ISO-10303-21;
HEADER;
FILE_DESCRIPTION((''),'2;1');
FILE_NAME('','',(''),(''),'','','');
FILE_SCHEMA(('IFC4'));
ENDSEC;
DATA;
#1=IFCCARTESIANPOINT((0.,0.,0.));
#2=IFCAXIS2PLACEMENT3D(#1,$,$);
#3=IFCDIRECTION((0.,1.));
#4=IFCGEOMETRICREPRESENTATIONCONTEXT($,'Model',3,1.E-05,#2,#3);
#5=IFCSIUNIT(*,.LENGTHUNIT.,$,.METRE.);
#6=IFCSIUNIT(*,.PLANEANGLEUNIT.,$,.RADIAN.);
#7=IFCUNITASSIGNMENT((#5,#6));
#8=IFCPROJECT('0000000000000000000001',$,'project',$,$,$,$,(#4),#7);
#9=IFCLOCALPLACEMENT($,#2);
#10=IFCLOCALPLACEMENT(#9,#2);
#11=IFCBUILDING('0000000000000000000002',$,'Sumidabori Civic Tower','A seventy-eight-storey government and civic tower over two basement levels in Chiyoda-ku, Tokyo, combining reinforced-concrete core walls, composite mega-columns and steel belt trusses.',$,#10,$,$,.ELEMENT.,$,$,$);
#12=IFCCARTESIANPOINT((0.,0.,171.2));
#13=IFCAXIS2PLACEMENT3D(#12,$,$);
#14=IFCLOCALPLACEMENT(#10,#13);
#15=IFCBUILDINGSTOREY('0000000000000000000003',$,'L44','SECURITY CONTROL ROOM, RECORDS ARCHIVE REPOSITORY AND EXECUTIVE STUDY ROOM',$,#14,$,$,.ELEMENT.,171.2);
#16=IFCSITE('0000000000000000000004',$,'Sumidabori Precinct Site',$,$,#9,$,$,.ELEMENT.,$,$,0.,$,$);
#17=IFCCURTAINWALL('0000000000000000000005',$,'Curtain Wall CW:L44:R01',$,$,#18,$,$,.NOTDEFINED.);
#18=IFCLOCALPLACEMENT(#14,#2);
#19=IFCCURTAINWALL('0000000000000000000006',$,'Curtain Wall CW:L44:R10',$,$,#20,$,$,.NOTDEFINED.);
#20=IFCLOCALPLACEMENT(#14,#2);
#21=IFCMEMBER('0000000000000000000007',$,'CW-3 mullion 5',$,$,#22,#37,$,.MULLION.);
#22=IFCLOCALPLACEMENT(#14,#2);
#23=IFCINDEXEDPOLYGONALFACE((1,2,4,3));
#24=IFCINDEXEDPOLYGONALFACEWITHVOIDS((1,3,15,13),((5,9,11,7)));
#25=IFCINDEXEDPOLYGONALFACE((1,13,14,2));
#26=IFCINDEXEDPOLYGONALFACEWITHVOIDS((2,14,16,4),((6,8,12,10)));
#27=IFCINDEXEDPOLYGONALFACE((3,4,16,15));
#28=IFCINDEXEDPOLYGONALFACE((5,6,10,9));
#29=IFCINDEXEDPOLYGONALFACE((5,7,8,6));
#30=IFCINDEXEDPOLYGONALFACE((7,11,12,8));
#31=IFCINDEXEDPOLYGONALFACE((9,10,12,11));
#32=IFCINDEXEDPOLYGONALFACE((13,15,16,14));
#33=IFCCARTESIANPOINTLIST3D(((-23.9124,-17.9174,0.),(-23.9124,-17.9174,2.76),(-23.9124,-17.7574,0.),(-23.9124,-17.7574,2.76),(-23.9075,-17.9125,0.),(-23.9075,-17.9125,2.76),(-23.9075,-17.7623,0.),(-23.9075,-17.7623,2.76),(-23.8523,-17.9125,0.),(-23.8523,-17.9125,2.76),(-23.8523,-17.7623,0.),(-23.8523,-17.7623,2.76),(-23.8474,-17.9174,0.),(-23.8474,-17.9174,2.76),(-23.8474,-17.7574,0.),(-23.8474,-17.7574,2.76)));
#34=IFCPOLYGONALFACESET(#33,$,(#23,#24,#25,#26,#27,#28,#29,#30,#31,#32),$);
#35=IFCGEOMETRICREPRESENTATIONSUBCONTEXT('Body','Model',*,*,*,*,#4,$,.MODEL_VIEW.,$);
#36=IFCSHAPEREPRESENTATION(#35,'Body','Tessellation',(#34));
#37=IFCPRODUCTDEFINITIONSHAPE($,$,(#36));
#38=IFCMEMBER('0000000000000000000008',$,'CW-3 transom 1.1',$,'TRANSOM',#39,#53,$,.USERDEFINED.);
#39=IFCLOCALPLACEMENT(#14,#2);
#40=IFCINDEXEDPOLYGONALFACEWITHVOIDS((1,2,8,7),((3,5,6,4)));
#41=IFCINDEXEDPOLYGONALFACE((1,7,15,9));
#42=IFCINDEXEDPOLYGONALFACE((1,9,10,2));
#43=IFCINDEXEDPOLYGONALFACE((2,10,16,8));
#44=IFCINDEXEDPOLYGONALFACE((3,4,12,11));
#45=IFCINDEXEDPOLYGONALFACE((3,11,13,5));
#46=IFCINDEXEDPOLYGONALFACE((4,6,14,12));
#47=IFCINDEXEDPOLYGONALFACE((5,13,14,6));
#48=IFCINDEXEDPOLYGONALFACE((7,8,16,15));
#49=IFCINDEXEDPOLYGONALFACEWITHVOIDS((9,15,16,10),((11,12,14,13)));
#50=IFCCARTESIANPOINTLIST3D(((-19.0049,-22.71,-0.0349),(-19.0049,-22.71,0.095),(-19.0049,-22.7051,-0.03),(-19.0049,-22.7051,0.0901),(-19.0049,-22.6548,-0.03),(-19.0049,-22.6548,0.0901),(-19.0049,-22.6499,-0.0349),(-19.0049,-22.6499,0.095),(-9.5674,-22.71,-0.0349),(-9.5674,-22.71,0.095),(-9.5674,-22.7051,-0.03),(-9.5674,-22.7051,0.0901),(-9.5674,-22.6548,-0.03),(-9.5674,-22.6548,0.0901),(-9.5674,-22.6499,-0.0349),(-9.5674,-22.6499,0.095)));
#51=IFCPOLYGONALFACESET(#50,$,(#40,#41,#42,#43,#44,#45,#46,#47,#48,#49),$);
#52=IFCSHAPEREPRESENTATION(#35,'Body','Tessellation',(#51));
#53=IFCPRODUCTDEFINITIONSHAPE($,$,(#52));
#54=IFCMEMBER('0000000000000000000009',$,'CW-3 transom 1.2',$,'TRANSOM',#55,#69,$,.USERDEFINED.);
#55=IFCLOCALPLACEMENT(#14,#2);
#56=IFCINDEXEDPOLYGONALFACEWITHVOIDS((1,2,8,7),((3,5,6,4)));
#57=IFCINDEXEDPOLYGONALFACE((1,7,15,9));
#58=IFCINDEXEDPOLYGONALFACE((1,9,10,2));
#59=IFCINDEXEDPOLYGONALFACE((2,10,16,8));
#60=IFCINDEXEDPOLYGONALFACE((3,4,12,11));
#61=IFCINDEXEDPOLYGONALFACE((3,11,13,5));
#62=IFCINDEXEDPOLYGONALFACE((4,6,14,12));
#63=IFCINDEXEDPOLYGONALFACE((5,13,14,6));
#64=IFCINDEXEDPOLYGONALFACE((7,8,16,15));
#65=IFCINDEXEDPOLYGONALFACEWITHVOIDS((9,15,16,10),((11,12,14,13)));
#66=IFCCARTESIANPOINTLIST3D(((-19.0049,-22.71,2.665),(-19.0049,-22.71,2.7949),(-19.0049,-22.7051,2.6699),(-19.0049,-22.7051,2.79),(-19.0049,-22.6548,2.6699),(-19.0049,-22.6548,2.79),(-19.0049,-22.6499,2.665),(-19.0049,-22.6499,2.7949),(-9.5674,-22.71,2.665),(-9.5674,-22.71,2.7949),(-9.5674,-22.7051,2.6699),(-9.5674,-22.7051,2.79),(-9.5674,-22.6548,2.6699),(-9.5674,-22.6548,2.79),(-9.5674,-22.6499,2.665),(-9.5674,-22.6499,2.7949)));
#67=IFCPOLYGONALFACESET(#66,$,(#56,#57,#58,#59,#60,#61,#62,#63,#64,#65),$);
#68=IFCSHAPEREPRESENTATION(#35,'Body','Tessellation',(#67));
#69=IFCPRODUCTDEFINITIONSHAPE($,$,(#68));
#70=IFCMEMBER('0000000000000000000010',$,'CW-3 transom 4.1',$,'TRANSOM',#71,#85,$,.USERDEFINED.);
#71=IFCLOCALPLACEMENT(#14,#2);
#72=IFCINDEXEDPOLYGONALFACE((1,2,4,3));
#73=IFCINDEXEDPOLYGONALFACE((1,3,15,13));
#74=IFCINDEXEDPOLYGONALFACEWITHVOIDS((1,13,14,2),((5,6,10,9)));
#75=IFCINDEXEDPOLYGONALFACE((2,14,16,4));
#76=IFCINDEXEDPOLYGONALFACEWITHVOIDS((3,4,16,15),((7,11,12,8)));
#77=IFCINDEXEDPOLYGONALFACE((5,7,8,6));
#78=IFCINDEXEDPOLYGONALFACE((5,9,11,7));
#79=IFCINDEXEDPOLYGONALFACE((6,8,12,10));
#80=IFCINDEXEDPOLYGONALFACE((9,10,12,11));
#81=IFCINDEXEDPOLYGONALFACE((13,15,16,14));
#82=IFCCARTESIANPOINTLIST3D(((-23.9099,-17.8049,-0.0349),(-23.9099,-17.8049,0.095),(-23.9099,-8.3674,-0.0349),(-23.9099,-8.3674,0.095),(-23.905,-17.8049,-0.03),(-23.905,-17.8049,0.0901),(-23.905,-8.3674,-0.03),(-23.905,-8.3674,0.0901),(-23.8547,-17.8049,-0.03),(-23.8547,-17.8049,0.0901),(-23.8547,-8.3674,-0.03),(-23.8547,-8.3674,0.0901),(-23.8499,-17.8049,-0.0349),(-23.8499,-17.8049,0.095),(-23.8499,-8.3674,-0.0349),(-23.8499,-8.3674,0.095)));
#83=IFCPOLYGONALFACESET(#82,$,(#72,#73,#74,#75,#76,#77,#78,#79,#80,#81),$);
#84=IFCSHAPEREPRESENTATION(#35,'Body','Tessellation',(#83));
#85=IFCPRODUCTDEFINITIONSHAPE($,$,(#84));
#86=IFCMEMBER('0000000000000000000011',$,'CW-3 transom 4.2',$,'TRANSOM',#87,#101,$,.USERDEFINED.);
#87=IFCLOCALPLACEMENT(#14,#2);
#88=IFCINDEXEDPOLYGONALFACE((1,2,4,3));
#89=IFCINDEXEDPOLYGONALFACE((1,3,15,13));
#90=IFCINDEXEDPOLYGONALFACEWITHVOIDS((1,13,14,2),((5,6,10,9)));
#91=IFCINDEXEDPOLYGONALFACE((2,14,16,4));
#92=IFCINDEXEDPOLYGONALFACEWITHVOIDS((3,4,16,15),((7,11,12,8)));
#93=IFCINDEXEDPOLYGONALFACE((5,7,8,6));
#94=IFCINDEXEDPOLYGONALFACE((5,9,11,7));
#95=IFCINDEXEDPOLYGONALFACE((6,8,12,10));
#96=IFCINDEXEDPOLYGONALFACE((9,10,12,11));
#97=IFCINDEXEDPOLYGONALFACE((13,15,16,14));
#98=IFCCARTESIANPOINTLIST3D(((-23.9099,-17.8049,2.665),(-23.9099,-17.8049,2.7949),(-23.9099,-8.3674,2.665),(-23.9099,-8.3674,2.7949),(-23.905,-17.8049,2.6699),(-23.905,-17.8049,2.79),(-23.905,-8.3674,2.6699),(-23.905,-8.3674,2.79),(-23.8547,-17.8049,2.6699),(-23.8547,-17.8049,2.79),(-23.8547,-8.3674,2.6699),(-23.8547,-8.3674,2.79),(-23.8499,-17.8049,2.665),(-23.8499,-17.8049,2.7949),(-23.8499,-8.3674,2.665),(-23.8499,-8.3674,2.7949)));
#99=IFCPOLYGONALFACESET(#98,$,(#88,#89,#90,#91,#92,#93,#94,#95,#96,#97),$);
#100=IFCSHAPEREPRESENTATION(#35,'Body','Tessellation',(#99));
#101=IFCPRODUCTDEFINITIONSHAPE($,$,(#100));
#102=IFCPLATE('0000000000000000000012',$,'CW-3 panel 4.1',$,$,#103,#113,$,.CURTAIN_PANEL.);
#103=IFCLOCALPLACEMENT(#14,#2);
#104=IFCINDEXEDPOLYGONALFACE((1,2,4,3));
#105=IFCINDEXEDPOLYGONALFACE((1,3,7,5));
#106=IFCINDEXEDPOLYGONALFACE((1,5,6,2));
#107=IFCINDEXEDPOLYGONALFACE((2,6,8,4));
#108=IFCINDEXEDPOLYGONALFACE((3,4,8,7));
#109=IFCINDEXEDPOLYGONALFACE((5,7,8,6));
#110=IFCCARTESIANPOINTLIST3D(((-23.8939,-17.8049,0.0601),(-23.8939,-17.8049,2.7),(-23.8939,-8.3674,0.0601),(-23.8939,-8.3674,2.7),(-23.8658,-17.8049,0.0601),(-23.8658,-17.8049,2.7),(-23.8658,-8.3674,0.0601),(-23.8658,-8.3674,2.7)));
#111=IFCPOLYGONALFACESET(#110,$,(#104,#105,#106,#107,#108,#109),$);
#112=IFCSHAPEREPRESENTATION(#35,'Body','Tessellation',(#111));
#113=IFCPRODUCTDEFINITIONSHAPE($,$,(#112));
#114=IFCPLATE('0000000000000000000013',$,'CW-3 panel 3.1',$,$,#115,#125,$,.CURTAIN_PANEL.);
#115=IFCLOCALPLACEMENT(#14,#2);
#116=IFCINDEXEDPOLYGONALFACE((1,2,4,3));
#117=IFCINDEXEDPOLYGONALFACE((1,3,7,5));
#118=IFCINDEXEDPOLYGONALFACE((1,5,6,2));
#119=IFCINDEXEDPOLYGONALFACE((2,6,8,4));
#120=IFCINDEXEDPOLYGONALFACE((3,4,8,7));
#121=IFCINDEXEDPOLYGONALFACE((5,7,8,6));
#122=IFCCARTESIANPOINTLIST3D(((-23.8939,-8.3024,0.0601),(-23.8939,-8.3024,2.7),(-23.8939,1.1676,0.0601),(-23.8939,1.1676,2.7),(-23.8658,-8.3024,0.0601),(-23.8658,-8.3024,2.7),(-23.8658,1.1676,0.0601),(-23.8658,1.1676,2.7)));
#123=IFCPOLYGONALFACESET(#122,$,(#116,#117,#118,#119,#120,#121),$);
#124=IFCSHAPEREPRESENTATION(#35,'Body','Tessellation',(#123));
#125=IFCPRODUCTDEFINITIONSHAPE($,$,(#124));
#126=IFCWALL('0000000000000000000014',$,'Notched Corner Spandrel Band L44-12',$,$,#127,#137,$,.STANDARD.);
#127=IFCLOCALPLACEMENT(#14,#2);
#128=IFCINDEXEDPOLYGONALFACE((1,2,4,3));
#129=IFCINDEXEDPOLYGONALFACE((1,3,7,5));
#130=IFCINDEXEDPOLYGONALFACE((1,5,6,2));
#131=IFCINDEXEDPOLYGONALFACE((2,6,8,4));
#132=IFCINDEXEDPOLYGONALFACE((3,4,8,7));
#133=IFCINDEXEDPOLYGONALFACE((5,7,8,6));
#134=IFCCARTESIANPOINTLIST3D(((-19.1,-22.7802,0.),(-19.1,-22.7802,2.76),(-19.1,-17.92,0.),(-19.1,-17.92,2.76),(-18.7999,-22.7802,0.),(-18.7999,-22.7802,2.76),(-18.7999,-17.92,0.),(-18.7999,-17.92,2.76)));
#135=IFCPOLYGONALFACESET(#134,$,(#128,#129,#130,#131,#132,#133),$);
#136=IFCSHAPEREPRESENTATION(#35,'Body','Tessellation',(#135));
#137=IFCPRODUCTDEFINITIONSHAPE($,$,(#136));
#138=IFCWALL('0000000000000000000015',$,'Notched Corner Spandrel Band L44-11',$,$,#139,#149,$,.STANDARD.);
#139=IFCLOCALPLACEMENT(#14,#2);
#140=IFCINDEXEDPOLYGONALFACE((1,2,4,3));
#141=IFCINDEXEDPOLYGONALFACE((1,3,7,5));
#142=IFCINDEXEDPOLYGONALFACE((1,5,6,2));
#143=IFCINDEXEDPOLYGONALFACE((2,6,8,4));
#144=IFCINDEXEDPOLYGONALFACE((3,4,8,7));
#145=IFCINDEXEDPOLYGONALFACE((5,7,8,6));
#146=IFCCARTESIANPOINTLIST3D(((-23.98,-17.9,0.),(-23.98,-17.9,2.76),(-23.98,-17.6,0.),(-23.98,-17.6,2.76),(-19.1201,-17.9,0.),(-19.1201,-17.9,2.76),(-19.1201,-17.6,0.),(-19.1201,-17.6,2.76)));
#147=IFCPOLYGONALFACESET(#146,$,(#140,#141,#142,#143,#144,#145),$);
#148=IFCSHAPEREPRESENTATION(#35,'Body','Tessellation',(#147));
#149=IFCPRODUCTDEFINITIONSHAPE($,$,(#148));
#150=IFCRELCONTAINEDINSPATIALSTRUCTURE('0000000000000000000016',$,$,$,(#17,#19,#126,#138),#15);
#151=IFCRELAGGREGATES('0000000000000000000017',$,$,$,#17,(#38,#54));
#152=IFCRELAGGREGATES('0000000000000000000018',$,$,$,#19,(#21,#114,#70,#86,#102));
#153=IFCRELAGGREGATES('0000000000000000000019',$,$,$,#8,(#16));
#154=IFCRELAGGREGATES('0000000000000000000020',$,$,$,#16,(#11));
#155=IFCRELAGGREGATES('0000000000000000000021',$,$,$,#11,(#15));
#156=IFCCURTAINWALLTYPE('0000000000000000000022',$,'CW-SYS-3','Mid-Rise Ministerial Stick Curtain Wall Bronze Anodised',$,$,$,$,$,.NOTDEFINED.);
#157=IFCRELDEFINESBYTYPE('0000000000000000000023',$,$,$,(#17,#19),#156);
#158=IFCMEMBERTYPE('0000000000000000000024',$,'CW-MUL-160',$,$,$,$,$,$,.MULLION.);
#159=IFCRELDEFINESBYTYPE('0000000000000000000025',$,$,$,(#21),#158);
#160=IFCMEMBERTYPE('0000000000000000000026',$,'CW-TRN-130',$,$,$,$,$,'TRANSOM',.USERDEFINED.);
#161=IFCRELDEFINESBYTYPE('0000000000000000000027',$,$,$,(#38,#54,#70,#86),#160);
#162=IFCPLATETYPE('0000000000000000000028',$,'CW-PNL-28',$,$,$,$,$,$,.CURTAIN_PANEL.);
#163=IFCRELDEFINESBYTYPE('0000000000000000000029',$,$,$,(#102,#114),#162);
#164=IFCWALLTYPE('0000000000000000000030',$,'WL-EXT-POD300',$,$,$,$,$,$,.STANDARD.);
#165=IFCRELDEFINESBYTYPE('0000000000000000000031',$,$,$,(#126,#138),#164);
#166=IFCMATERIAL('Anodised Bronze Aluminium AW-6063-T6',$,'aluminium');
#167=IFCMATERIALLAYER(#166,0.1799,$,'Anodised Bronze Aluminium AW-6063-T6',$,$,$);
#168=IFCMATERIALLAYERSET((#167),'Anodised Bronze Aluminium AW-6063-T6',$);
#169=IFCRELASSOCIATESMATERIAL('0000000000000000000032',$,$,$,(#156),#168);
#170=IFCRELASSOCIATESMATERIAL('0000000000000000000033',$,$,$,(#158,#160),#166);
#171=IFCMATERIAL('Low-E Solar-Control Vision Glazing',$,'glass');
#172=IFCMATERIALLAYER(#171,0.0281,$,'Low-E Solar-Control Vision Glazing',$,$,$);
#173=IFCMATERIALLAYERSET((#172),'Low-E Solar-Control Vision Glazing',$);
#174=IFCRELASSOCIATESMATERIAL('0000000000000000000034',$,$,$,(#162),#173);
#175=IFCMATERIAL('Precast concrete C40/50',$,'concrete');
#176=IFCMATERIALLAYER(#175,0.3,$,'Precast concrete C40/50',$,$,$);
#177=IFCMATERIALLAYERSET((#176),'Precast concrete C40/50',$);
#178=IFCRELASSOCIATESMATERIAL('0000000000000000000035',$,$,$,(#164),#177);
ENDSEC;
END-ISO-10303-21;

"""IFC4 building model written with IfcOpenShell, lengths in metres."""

from ifc_helpers import new_model, si_unit, direction, frame, frame_2d, origin, origin_2d, place, context, subcontext, project, spatial, rectangle, hollow_rectangle, extrude, source, transform, mapped, material, layer, layer_set, material_profile, profile_set, type_object, element, aggregate, save


model = new_model("IFC4")

# Units and contexts
model_context = context("Model", 3, precision=1e-05, world=origin(), true_north=direction((0.0, 1.0)))
body_context = subcontext(model_context, "Body", "Model", "MODEL_VIEW")
ifc_project = project(units=[si_unit("LENGTHUNIT", "METRE"), si_unit("PLANEANGLEUNIT", "RADIAN")], contexts=[model_context])

# Site, building, storey
site_placement = place(None, origin())
site = spatial("IfcSite", under=ifc_project, at=site_placement, Name="Sumidabori Precinct Site", CompositionType="ELEMENT", RefElevation=0.0)
building_placement = place(site_placement, origin())
building = spatial("IfcBuilding", under=site, at=building_placement, Name="Sumidabori Civic Tower", Description="A seventy-eight-storey government and civic tower over two basement levels in Chiyoda-ku, Tokyo, combining reinforced-concrete core walls, composite mega-columns and steel belt trusses.", CompositionType="ELEMENT")
storey_placement = place(building_placement, frame((0.0, 0.0, 171.2)))
storey = spatial("IfcBuildingStorey", under=building, at=storey_placement, Name="L44", Description="SECURITY CONTROL ROOM, RECORDS ARCHIVE REPOSITORY AND EXECUTIVE STUDY ROOM", CompositionType="ELEMENT", Elevation=171.2)

# Curtain wall
ifc_material_1 = material(Name="Anodised Bronze Aluminium AW-6063-T6", Category="aluminium")
ifc_layer_1 = layer(ifc_material_1, 0.1799, Name="Anodised Bronze Aluminium AW-6063-T6")
ifc_layer_set_1 = layer_set([ifc_layer_1], Name="Anodised Bronze Aluminium AW-6063-T6")
curtain_wall_type = type_object("IfcCurtainWallType", Name="CW-SYS-3", Description="Mid-Rise Ministerial Stick Curtain Wall Bronze Anodised", PredefinedType="NOTDEFINED", material=ifc_layer_set_1)
curtain_wall_1_placement = place(storey_placement, origin())
curtain_wall_1 = element("IfcCurtainWall", 1, at=curtain_wall_1_placement, inside=storey, type_object=curtain_wall_type, Name="Curtain Wall CW:L44:R01", PredefinedType="NOTDEFINED")
ifc_material_profile_1 = material_profile(ifc_material_1, hollow_rectangle(XDim=0.0649, YDim=0.1599, WallThickness=0.0049, at=origin_2d()), Name="ALU MULLION 160x65")
ifc_profile_set_1 = profile_set([ifc_material_profile_1], Name="Anodised Bronze Aluminium AW-6063-T6")
member_type_1 = type_object("IfcMemberType", Name="CW-MUL-160", PredefinedType="MULLION", material=ifc_profile_set_1)
shared_shape_1 = source(origin(), body_context, "Body", "SweptSolid", [
    extrude(hollow_rectangle(XDim=0.0649, YDim=0.1599, WallThickness=0.0049, at=origin_2d()), origin(), (0.0, 0.0, 1.0), 2.76),
])

# Curtain wall, member
curtain_wall_2_placement = place(storey_placement, origin())
curtain_wall_2 = element("IfcCurtainWall", 2, at=curtain_wall_2_placement, inside=storey, type_object=curtain_wall_type, Name="Curtain Wall CW:L44:R10", PredefinedType="NOTDEFINED")
member_1_placement = place(storey_placement, frame((-23.8799, -17.8374, 0.0), z_axis=(0.0, 0.0, 1.0), x_axis=(1.0, 0.0, 0.0)))
member_1 = element("IfcMember", 3, at=member_1_placement, type_object=member_type_1, Name="CW-3 mullion 5", PredefinedType="MULLION", context=body_context, shape_type="MappedRepresentation", body=[
    mapped(shared_shape_1, transform((0.0, 0.0, 0.0), x_axis=(1.0, 0.0, 0.0), y_axis=(0.0, 1.0, 0.0), z_axis=(0.0, 0.0, 1.0), scale=1.0)),
])

# Members
ifc_material_profile_2 = material_profile(ifc_material_1, hollow_rectangle(XDim=0.0601, YDim=0.1299, WallThickness=0.0049, at=origin_2d()), Name="ALU TRANSOM 130x60")
ifc_profile_set_2 = profile_set([ifc_material_profile_2], Name="Anodised Bronze Aluminium AW-6063-T6")
member_type_2 = type_object("IfcMemberType", Name="CW-TRN-130", ElementType="TRANSOM", PredefinedType="USERDEFINED", material=ifc_profile_set_2)
shared_shape_2 = source(origin(), body_context, "Body", "SweptSolid", [
    extrude(hollow_rectangle(XDim=0.0601, YDim=0.1299, WallThickness=0.0049, at=origin_2d()), origin(), (0.0, 0.0, 1.0), 9.4375),
])
member_2_placement = place(storey_placement, frame((-19.0049, -22.6799, 0.03), z_axis=(1.0, 0.0, 0.0), x_axis=(0.0, 1.0, 0.0)))
member_2 = element("IfcMember", 4, at=member_2_placement, type_object=member_type_2, Name="CW-3 transom 1.1", ObjectType="TRANSOM", PredefinedType="USERDEFINED", context=body_context, shape_type="MappedRepresentation", body=[
    mapped(shared_shape_2, transform((0.0, 0.0, 0.0), x_axis=(1.0, 0.0, 0.0), y_axis=(0.0, 1.0, 0.0), z_axis=(0.0, 0.0, 1.0), scale=1.0)),
])
member_3_placement = place(storey_placement, frame((-19.0049, -22.6799, 2.73), z_axis=(1.0, 0.0, 0.0), x_axis=(0.0, 1.0, 0.0)))
member_3 = element("IfcMember", 5, at=member_3_placement, type_object=member_type_2, Name="CW-3 transom 1.2", ObjectType="TRANSOM", PredefinedType="USERDEFINED", context=body_context, shape_type="MappedRepresentation", body=[
    mapped(shared_shape_2, transform((0.0, 0.0, 0.0), x_axis=(1.0, 0.0, 0.0), y_axis=(0.0, 1.0, 0.0), z_axis=(0.0, 0.0, 1.0), scale=1.0)),
])
aggregate(curtain_wall_1, [member_2, member_3])
member_4_placement = place(storey_placement, frame((-23.8799, -8.3674, 0.03), z_axis=(0.0, -1.0, 0.0), x_axis=(1.0, 0.0, 0.0)))
member_4 = element("IfcMember", 6, at=member_4_placement, type_object=member_type_2, Name="CW-3 transom 4.1", ObjectType="TRANSOM", PredefinedType="USERDEFINED", context=body_context, shape_type="MappedRepresentation", body=[
    mapped(shared_shape_2, transform((0.0, 0.0, 0.0), x_axis=(1.0, 0.0, 0.0), y_axis=(0.0, 1.0, 0.0), z_axis=(0.0, 0.0, 1.0), scale=1.0)),
])
member_5_placement = place(storey_placement, frame((-23.8799, -8.3674, 2.73), z_axis=(0.0, -1.0, 0.0), x_axis=(1.0, 0.0, 0.0)))
member_5 = element("IfcMember", 7, at=member_5_placement, type_object=member_type_2, Name="CW-3 transom 4.2", ObjectType="TRANSOM", PredefinedType="USERDEFINED", context=body_context, shape_type="MappedRepresentation", body=[
    mapped(shared_shape_2, transform((0.0, 0.0, 0.0), x_axis=(1.0, 0.0, 0.0), y_axis=(0.0, 1.0, 0.0), z_axis=(0.0, 0.0, 1.0), scale=1.0)),
])

# Plates
ifc_material_2 = material(Name="Low-E Solar-Control Vision Glazing", Category="glass")
ifc_layer_2 = layer(ifc_material_2, 0.0281, Name="Low-E Solar-Control Vision Glazing")
ifc_layer_set_2 = layer_set([ifc_layer_2], Name="Low-E Solar-Control Vision Glazing")
plate_type = type_object("IfcPlateType", Name="CW-PNL-28", PredefinedType="CURTAIN_PANEL", material=ifc_layer_set_2)
shared_shape_3 = source(origin(), body_context, "Body", "SweptSolid", [
    extrude(rectangle(XDim=9.4375, YDim=0.0281, at=origin_2d()), origin(), (0.0, 0.0, 1.0), 2.6399),
])
plate_1_placement = place(storey_placement, frame((-23.8799, -13.0862, 0.0601), z_axis=(0.0, 0.0, 1.0), x_axis=(0.0, -1.0, 0.0)))
plate_1 = element("IfcPlate", 8, at=plate_1_placement, type_object=plate_type, Name="CW-3 panel 4.1", PredefinedType="CURTAIN_PANEL", context=body_context, shape_type="MappedRepresentation", body=[
    mapped(shared_shape_3, transform((0.0, 0.0, 0.0), x_axis=(1.0, 0.0, 0.0), y_axis=(0.0, 1.0, 0.0), z_axis=(0.0, 0.0, 1.0), scale=1.0)),
])
shared_shape_4 = source(origin(), body_context, "Body", "SweptSolid", [
    extrude(rectangle(XDim=9.47, YDim=0.0281, at=origin_2d()), origin(), (0.0, 0.0, 1.0), 2.6399),
])
plate_2_placement = place(storey_placement, frame((-23.8799, -3.5674, 0.0601), z_axis=(0.0, 0.0, 1.0), x_axis=(0.0, -1.0, 0.0)))
plate_2 = element("IfcPlate", 9, at=plate_2_placement, type_object=plate_type, Name="CW-3 panel 3.1", PredefinedType="CURTAIN_PANEL", context=body_context, shape_type="MappedRepresentation", body=[
    mapped(shared_shape_4, transform((0.0, 0.0, 0.0), x_axis=(1.0, 0.0, 0.0), y_axis=(0.0, 1.0, 0.0), z_axis=(0.0, 0.0, 1.0), scale=1.0)),
])
aggregate(curtain_wall_2, [member_1, plate_2, member_4, member_5, plate_1])

# Walls
ifc_material_3 = material(Name="Precast concrete C40/50", Category="concrete")
ifc_layer_3 = layer(ifc_material_3, 0.3, Name="Precast concrete C40/50")
ifc_layer_set_3 = layer_set([ifc_layer_3], Name="Precast concrete C40/50")
wall_type_1 = type_object("IfcWallType", Name="WL-EXT-POD300", PredefinedType="STANDARD", material=ifc_layer_set_3)
shared_shape_5 = source(origin(), body_context, "Body", "SweptSolid", [
    extrude(rectangle(XDim=4.8601, YDim=0.3, at=frame_2d((2.4302, 0.0))), origin(), (0.0, 0.0, 1.0), 2.76),
])
wall_1_placement = place(storey_placement, frame((-18.95, -17.9199, 0.0), z_axis=(0.0, 0.0, 1.0), x_axis=(0.0, -1.0, 0.0)))
element("IfcWall", 10, at=wall_1_placement, inside=storey, type_object=wall_type_1, Name="Notched Corner Spandrel Band L44-12", PredefinedType="STANDARD", context=body_context, shape_type="MappedRepresentation", body=[
    mapped(shared_shape_5, transform((0.0, 0.0, 0.0), x_axis=(1.0, 0.0, 0.0), y_axis=(0.0, 1.0, 0.0), z_axis=(0.0, 0.0, 1.0), scale=1.0)),
])
shared_shape_6 = source(origin(), body_context, "Body", "SweptSolid", [
    extrude(rectangle(XDim=4.8599, YDim=0.3, at=frame_2d((2.4299, 0.0))), origin(), (0.0, 0.0, 1.0), 2.76),
])
wall_2_placement = place(storey_placement, frame((-23.98, -17.75, 0.0), z_axis=(0.0, 0.0, 1.0), x_axis=(1.0, 0.0, 0.0)))
element("IfcWall", 11, at=wall_2_placement, inside=storey, type_object=wall_type_1, Name="Notched Corner Spandrel Band L44-11", PredefinedType="STANDARD", context=body_context, shape_type="MappedRepresentation", body=[
    mapped(shared_shape_6, transform((0.0, 0.0, 0.0), x_axis=(1.0, 0.0, 0.0), y_axis=(0.0, 1.0, 0.0), z_axis=(0.0, 0.0, 1.0), scale=1.0)),
])

save(model, "model.ifc")
